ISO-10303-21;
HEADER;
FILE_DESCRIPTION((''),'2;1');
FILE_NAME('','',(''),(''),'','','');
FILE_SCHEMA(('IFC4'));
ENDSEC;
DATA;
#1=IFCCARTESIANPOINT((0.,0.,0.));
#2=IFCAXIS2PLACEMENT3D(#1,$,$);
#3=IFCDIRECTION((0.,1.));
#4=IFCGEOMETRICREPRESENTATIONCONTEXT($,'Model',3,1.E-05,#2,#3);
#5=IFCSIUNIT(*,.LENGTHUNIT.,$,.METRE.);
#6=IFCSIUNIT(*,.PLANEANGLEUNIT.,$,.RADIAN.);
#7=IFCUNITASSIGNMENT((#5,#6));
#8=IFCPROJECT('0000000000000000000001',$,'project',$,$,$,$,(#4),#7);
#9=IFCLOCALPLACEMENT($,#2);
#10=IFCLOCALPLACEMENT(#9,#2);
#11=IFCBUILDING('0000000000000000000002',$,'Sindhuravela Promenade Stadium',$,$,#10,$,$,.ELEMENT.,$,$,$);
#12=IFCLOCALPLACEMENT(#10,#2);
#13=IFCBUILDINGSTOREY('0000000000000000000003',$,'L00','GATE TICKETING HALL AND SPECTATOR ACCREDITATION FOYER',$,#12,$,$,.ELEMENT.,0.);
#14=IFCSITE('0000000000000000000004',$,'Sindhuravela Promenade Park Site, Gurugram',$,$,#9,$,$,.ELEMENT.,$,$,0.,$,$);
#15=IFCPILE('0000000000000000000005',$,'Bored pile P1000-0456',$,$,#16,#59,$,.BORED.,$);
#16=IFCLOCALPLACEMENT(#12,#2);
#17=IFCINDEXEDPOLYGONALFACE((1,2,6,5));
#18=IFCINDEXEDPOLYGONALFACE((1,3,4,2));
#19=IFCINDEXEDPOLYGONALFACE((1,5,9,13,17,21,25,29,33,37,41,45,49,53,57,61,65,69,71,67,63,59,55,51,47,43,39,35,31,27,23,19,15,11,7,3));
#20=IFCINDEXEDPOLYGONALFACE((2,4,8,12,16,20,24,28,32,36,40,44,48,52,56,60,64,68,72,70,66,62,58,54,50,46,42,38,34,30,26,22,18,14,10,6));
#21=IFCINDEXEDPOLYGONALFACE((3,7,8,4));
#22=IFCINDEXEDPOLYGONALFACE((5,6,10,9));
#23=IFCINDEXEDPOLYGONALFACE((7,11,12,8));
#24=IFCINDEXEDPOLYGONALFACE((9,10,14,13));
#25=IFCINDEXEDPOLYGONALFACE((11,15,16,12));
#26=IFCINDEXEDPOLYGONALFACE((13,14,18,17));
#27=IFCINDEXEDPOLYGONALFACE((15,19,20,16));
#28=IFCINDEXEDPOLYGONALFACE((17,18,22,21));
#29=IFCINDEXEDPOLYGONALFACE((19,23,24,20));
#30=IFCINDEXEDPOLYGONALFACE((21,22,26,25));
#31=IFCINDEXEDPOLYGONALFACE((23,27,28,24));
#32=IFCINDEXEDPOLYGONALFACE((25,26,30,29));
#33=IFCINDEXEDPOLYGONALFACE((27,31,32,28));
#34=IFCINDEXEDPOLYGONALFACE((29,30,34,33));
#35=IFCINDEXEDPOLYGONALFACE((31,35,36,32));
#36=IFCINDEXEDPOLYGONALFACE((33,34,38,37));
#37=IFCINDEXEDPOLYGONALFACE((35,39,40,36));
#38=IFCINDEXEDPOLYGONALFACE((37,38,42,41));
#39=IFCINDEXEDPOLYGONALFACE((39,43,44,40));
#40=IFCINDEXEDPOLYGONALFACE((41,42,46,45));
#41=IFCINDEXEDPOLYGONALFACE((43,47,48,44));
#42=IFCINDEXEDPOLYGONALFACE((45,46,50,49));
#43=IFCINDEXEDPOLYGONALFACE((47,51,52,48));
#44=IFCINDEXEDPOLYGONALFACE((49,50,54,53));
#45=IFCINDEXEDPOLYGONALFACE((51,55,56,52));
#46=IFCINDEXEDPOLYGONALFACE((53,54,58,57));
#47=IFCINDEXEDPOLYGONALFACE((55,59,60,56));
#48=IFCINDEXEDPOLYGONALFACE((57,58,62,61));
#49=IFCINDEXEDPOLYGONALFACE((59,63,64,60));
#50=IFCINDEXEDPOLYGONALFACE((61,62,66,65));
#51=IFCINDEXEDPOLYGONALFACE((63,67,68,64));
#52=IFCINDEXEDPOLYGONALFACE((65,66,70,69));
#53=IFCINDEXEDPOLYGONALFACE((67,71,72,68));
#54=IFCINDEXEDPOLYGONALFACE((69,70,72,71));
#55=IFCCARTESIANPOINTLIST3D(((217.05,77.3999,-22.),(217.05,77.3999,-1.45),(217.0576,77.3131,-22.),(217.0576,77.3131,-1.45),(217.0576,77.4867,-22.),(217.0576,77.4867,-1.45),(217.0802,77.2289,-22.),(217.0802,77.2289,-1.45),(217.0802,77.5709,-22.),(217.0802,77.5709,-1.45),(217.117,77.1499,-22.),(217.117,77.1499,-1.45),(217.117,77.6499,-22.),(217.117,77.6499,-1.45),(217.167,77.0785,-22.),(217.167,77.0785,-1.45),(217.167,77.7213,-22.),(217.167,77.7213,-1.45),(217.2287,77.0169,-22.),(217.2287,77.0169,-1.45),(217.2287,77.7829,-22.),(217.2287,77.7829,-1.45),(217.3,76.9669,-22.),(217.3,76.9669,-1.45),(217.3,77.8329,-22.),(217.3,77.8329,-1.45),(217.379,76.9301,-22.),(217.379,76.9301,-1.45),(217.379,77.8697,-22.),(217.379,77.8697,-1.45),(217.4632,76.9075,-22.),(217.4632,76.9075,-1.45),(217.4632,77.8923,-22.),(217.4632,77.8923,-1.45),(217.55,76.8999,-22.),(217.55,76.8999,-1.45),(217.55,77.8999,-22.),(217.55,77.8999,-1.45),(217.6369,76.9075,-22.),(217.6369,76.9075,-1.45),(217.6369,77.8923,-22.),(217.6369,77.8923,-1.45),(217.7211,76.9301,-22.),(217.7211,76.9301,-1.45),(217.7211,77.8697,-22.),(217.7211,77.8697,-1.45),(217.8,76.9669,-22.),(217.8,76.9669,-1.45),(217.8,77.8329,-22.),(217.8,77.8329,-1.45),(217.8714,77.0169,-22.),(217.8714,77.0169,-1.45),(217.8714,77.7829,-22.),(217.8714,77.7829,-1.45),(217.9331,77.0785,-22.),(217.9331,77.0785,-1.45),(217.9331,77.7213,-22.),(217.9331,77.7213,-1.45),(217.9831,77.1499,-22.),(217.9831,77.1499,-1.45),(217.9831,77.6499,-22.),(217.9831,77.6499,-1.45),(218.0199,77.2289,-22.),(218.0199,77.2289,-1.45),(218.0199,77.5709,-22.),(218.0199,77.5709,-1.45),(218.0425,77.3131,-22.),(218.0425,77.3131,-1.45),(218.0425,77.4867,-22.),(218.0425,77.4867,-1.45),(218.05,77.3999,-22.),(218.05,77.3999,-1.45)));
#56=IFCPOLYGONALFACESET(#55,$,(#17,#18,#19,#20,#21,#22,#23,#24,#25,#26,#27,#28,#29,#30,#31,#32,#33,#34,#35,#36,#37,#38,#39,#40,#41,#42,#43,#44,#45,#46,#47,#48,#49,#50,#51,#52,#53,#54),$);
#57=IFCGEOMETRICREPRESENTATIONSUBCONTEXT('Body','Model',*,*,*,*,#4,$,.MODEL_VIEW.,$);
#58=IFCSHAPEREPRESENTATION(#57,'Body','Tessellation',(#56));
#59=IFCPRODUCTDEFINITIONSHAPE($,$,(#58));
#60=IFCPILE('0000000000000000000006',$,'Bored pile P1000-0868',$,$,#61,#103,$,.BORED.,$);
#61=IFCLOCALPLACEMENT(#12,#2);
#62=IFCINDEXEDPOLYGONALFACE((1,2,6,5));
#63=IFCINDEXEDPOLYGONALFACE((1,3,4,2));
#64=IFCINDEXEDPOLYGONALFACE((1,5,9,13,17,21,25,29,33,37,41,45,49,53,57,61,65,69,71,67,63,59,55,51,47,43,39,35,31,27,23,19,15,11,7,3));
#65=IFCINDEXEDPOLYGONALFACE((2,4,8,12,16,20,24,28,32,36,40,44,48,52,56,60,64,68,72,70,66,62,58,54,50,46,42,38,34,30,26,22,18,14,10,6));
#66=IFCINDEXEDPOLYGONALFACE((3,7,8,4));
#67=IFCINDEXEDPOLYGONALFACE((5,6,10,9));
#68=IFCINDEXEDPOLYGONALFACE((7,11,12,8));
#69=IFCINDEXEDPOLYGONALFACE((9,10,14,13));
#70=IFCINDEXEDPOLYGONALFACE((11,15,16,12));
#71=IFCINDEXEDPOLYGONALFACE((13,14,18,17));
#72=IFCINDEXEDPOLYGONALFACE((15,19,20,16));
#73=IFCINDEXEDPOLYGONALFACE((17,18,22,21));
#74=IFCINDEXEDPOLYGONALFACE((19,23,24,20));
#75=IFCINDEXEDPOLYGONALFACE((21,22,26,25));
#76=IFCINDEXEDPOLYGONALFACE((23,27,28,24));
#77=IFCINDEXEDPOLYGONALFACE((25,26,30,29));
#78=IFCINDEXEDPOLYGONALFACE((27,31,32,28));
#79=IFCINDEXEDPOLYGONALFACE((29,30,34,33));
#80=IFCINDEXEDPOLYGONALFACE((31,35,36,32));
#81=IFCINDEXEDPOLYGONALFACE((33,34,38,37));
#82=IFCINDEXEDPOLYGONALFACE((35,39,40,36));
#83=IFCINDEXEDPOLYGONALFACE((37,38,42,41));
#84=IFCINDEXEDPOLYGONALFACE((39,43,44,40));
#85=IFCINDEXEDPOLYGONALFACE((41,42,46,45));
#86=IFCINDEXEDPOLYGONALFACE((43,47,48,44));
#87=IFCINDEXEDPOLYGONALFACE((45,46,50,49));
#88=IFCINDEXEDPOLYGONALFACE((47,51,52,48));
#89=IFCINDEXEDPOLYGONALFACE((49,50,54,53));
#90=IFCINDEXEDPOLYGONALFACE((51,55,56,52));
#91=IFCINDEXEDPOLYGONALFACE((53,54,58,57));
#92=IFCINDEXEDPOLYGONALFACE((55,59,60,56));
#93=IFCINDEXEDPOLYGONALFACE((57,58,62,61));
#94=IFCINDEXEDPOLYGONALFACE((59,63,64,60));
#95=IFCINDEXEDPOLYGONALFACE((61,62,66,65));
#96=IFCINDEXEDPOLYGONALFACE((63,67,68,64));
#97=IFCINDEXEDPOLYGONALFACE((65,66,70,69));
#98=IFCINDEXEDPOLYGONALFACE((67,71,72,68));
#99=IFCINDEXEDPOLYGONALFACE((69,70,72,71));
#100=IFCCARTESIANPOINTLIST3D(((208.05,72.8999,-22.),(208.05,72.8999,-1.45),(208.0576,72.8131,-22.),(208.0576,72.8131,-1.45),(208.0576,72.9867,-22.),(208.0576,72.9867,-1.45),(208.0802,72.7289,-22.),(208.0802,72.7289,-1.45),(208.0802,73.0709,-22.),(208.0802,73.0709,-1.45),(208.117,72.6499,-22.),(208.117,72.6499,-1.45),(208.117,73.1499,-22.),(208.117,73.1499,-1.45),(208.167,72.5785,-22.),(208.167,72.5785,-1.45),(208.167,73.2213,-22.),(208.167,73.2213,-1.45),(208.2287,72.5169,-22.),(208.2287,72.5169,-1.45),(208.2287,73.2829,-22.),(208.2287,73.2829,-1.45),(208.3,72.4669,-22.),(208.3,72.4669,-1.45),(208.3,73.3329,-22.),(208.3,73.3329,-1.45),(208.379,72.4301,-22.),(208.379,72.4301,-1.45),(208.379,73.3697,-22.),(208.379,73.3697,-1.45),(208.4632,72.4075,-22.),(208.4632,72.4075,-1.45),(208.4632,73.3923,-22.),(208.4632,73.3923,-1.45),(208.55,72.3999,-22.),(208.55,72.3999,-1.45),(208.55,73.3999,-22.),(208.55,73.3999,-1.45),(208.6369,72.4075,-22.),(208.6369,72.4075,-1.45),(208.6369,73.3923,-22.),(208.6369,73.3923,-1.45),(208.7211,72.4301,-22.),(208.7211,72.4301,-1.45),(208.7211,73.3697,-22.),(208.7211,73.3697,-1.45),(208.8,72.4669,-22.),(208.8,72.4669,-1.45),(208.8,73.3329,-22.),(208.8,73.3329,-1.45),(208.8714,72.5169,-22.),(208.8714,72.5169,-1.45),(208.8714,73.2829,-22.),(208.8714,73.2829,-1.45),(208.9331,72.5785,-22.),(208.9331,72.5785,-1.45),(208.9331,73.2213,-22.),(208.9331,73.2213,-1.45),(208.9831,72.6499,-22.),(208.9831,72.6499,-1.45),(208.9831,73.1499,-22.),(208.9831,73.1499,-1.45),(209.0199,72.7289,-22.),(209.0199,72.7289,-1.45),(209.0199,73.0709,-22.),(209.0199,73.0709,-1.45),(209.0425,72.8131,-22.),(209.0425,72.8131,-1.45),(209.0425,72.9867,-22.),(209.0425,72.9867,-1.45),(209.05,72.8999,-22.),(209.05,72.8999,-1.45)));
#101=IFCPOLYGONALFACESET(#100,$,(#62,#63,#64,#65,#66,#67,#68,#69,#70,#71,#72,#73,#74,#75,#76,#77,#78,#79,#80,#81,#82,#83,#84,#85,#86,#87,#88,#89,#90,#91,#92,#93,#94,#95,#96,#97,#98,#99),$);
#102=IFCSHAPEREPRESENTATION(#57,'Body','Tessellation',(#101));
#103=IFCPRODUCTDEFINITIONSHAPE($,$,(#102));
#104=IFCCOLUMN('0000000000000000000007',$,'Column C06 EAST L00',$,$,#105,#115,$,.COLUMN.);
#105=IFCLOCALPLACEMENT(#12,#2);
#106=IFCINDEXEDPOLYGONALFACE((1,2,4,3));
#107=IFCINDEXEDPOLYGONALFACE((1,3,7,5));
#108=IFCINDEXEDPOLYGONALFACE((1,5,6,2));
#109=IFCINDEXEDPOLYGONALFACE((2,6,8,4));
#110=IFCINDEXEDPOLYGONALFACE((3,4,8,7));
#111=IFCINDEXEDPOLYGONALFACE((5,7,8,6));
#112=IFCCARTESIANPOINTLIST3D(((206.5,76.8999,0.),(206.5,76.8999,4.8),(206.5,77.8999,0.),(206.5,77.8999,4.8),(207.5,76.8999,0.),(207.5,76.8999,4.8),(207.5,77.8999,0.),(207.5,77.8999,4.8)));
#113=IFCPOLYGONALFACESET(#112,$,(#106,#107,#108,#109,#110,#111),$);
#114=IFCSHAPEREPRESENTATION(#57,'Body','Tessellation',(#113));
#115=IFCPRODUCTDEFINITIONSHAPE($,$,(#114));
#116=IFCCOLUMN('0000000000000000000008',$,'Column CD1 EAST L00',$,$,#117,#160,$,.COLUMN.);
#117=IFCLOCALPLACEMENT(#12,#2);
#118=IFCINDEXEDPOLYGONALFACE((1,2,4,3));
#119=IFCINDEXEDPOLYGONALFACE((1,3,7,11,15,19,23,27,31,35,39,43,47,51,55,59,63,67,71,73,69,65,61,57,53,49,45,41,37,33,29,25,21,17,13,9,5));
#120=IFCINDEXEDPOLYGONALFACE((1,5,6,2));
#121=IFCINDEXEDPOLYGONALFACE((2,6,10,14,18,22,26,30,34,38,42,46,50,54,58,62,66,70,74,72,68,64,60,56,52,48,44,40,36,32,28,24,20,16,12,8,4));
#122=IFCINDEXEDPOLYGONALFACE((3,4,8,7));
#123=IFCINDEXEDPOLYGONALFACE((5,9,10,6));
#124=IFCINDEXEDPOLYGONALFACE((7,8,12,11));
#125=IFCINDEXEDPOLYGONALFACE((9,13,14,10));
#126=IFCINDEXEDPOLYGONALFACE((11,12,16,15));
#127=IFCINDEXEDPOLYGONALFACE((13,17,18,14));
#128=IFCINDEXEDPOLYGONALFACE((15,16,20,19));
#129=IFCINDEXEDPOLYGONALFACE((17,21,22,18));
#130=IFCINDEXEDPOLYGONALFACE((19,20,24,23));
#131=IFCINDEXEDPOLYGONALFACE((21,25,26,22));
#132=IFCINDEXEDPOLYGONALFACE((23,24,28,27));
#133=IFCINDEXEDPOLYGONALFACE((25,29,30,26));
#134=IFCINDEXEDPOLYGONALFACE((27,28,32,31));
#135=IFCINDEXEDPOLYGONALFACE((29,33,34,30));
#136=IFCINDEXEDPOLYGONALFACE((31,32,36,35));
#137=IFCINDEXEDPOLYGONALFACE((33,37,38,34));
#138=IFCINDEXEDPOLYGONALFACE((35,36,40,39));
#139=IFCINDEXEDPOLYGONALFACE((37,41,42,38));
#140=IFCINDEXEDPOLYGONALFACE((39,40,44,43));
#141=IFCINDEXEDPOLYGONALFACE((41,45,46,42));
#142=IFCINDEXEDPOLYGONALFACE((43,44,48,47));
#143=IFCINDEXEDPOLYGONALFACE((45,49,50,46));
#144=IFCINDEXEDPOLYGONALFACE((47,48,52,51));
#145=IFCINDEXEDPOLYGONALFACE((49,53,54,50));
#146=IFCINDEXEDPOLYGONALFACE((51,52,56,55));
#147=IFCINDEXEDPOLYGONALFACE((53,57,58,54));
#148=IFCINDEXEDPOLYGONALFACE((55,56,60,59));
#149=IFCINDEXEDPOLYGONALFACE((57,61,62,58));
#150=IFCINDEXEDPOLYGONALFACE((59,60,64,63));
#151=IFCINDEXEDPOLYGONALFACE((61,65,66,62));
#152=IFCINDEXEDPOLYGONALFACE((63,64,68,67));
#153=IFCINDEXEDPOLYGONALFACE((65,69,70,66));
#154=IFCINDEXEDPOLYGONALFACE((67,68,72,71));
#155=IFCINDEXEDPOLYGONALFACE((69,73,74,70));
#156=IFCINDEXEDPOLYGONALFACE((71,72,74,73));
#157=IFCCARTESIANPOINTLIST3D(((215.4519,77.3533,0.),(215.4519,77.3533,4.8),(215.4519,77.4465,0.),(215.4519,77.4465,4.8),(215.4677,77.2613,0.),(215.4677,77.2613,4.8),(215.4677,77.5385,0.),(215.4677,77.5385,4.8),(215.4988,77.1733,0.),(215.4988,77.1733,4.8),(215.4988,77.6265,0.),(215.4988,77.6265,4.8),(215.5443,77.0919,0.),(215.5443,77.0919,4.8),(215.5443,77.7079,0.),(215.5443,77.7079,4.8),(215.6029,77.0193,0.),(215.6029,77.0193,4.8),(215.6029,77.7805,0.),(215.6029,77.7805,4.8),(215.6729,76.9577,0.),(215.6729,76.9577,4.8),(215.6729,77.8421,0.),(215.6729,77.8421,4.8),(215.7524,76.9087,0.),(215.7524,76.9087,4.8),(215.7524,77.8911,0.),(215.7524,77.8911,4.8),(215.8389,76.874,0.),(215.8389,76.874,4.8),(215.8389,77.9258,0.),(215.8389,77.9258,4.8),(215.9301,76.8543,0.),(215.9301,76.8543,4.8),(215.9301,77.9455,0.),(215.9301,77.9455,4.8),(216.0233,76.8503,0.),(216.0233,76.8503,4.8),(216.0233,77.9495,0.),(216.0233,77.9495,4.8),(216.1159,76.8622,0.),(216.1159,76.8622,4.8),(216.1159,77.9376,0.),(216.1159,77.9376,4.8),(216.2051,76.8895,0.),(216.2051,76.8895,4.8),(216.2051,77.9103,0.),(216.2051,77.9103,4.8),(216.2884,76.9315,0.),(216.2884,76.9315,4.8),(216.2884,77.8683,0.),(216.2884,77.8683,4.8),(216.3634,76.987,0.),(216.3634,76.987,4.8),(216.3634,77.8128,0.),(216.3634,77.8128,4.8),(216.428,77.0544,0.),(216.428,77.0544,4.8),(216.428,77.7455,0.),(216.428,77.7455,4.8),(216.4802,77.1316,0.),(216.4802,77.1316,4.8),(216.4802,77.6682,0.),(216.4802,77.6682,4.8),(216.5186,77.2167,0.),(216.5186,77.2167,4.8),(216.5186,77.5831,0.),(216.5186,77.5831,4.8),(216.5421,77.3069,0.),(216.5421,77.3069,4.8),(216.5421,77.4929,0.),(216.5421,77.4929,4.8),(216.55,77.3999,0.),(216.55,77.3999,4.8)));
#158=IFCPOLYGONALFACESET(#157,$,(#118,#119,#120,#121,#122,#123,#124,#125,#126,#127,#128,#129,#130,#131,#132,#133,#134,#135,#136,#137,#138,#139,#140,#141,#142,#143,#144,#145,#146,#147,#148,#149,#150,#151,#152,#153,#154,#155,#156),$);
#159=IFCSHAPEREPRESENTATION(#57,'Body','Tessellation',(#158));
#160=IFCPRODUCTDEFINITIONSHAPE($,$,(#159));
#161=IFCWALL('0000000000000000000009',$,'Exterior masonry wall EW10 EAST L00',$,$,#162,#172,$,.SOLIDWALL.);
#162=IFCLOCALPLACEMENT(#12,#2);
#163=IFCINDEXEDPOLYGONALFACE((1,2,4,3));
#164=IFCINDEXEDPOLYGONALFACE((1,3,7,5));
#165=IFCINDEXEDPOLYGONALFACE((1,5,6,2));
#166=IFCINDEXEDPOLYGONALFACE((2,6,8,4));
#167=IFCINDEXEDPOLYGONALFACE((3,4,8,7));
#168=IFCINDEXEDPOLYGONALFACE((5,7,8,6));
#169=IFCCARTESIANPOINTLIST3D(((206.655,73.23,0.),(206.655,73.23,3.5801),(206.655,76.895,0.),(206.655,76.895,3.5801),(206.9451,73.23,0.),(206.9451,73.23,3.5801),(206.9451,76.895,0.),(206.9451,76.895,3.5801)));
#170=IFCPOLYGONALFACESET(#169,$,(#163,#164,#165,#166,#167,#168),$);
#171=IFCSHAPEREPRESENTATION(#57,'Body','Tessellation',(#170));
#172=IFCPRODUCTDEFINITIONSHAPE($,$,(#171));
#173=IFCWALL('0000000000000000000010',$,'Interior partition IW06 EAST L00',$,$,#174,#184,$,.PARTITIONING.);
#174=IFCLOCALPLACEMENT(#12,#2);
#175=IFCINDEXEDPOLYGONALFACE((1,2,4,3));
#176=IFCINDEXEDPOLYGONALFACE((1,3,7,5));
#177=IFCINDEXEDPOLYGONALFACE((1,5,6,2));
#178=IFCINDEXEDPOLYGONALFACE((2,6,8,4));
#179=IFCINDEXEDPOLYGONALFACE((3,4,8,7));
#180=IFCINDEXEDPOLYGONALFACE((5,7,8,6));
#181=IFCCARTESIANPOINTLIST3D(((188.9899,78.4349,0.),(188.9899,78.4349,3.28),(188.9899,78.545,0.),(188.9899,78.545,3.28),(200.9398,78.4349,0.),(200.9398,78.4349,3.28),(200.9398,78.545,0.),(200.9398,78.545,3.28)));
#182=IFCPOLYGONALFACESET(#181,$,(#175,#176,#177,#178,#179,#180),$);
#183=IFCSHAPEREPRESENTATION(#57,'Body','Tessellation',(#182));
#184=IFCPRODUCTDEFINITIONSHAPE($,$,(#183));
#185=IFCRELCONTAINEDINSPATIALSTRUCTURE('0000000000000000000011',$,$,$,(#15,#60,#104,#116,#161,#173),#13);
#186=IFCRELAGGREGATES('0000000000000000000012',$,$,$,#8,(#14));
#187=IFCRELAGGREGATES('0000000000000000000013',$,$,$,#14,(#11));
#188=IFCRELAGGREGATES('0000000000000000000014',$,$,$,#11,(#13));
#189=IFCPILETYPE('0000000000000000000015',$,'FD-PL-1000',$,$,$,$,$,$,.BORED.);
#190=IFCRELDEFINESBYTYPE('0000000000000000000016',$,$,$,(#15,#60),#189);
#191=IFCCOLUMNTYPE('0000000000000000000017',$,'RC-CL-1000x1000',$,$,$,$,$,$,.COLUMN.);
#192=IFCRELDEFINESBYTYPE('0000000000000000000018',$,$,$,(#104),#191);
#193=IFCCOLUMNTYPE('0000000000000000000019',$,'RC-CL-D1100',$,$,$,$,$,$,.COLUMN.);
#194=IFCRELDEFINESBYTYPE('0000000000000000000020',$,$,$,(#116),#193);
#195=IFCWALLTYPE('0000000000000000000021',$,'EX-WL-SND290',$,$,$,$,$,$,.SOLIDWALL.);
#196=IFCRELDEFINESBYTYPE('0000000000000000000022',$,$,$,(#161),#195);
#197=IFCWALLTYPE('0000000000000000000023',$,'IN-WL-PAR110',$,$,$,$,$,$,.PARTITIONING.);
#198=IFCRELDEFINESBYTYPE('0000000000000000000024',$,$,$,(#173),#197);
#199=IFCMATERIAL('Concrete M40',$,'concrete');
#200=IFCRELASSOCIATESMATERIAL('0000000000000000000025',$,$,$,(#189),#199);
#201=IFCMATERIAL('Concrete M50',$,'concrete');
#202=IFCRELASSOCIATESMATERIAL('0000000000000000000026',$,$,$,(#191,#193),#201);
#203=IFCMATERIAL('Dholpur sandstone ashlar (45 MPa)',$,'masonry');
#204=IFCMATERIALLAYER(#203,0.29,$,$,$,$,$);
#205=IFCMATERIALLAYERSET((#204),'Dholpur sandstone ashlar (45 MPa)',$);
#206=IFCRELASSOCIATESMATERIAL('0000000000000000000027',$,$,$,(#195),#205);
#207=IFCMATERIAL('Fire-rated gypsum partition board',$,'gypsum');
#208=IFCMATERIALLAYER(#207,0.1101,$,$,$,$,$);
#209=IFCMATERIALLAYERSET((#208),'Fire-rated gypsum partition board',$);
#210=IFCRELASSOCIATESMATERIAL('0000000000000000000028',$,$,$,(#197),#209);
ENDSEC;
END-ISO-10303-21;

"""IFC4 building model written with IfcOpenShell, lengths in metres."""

from ifc_helpers import new_model, si_unit, direction, frame, frame_2d, origin, origin_2d, place, context, subcontext, project, spatial, rectangle, circle, extrude, material, layer, layer_set, material_profile, profile_set, type_object, element, save


model = new_model("IFC4")

# Units and contexts
model_context = context("Model", 3, precision=1e-05, world=origin(), true_north=direction((0.0, 1.0)))
body_context = subcontext(model_context, "Body", "Model", "MODEL_VIEW")
ifc_project = project(units=[si_unit("LENGTHUNIT", "METRE"), si_unit("PLANEANGLEUNIT", "RADIAN")], contexts=[model_context])

# Site, building, storey
site_placement = place(None, origin())
site = spatial("IfcSite", under=ifc_project, at=site_placement, Name="Sindhuravela Promenade Park Site, Gurugram", CompositionType="ELEMENT", RefElevation=0.0)
building_placement = place(site_placement, origin())
building = spatial("IfcBuilding", under=site, at=building_placement, Name="Sindhuravela Promenade Stadium", CompositionType="ELEMENT")
storey_placement = place(building_placement, origin())
storey = spatial("IfcBuildingStorey", under=building, at=storey_placement, Name="L00", Description="GATE TICKETING HALL AND SPECTATOR ACCREDITATION FOYER", CompositionType="ELEMENT", Elevation=0.0)

# Shared definitions
ifc_material_1 = material(Name="Concrete M50", Category="concrete")

# Piles
ifc_material_2 = material(Name="Concrete M40", Category="concrete")
ifc_material_profile_1 = material_profile(ifc_material_2, circle(Radius=0.5, at=origin_2d()), Name="BORED PILE D1000")
ifc_profile_set_1 = profile_set([ifc_material_profile_1], Name="Concrete M40")
pile_type = type_object("IfcPileType", Name="FD-PL-1000", PredefinedType="BORED", material=ifc_profile_set_1)
for number, where, z_axis, x_axis, name in (
    (1, (217.55, 77.3999, -1.45), (0.0, 0.0, -1.0), (1.0, 0.0, 0.0), "Bored pile P1000-0456"),
    (2, (208.55, 72.8999, -1.45), (0.0, 0.0, -1.0), (1.0, 0.0, 0.0), "Bored pile P1000-0868"),
):
    element("IfcPile", number, at=place(storey_placement, frame(where, z_axis=z_axis, x_axis=x_axis)), inside=storey, type_object=pile_type, Name=name, PredefinedType="BORED", context=body_context, shape_type="SweptSolid", body=[
        extrude(circle(Radius=0.5, at=origin_2d()), origin(), (0.0, 0.0, 1.0), 20.55),
    ])

# Columns
ifc_material_profile_2 = material_profile(ifc_material_1, rectangle(XDim=1.0, YDim=1.0, at=origin_2d()), Name="RC 1000x1000")
ifc_profile_set_2 = profile_set([ifc_material_profile_2], Name="Concrete M50")
column_type_1 = type_object("IfcColumnType", Name="RC-CL-1000x1000", PredefinedType="COLUMN", material=ifc_profile_set_2)
column_1_placement = place(storey_placement, frame((207.0, 77.3999, 0.0), z_axis=(0.0, 0.0, 1.0), x_axis=(1.0, 0.0, 0.0)))
element("IfcColumn", 3, at=column_1_placement, inside=storey, type_object=column_type_1, Name="Column C06 EAST L00", PredefinedType="COLUMN", context=body_context, shape_type="SweptSolid", body=[
    extrude(rectangle(XDim=1.0, YDim=1.0, at=origin_2d()), origin(), (0.0, 0.0, 1.0), 4.8),
])
ifc_material_profile_3 = material_profile(ifc_material_1, circle(Radius=0.55, at=origin_2d()), Name="RC D1100")
ifc_profile_set_3 = profile_set([ifc_material_profile_3], Name="Concrete M50")
column_type_2 = type_object("IfcColumnType", Name="RC-CL-D1100", PredefinedType="COLUMN", material=ifc_profile_set_3)
column_2_placement = place(storey_placement, frame((216.0, 77.3999, 0.0), z_axis=(0.0, 0.0, 1.0), x_axis=(1.0, 0.0, 0.0)))
element("IfcColumn", 4, at=column_2_placement, inside=storey, type_object=column_type_2, Name="Column CD1 EAST L00", PredefinedType="COLUMN", context=body_context, shape_type="SweptSolid", body=[
    extrude(circle(Radius=0.55, at=origin_2d()), origin(), (0.0, 0.0, 1.0), 4.8),
])

# Walls
ifc_material_3 = material(Name="Dholpur sandstone ashlar (45 MPa)", Category="masonry")
ifc_layer_1 = layer(ifc_material_3, 0.29)
ifc_layer_set_1 = layer_set([ifc_layer_1], Name="Dholpur sandstone ashlar (45 MPa)")
wall_type_1 = type_object("IfcWallType", Name="EX-WL-SND290", PredefinedType="SOLIDWALL", material=ifc_layer_set_1)
wall_1_placement = place(storey_placement, frame((206.8, 76.895, 0.0), z_axis=(0.0, 0.0, 1.0), x_axis=(0.0, -1.0, 0.0)))
element("IfcWall", 5, at=wall_1_placement, inside=storey, type_object=wall_type_1, Name="Exterior masonry wall EW10 EAST L00", PredefinedType="SOLIDWALL", context=body_context, shape_type="SweptSolid", body=[
    extrude(rectangle(XDim=3.665, YDim=0.29, at=frame_2d((1.8325, 0.0))), origin(), (0.0, 0.0, 1.0), 3.5801),
])
ifc_material_4 = material(Name="Fire-rated gypsum partition board", Category="gypsum")
ifc_layer_2 = layer(ifc_material_4, 0.1101)
ifc_layer_set_2 = layer_set([ifc_layer_2], Name="Fire-rated gypsum partition board")
wall_type_2 = type_object("IfcWallType", Name="IN-WL-PAR110", PredefinedType="PARTITIONING", material=ifc_layer_set_2)
wall_2_placement = place(storey_placement, frame((200.9399, 78.49, 0.0), z_axis=(0.0, 0.0, 1.0), x_axis=(-1.0, 0.0, 0.0)))
element("IfcWall", 6, at=wall_2_placement, inside=storey, type_object=wall_type_2, Name="Interior partition IW06 EAST L00", PredefinedType="PARTITIONING", context=body_context, shape_type="SweptSolid", body=[
    extrude(rectangle(XDim=11.95, YDim=0.1101, at=frame_2d((5.9751, 0.0))), origin(), (0.0, 0.0, 1.0), 3.28),
])

save(model, "model.ifc")
